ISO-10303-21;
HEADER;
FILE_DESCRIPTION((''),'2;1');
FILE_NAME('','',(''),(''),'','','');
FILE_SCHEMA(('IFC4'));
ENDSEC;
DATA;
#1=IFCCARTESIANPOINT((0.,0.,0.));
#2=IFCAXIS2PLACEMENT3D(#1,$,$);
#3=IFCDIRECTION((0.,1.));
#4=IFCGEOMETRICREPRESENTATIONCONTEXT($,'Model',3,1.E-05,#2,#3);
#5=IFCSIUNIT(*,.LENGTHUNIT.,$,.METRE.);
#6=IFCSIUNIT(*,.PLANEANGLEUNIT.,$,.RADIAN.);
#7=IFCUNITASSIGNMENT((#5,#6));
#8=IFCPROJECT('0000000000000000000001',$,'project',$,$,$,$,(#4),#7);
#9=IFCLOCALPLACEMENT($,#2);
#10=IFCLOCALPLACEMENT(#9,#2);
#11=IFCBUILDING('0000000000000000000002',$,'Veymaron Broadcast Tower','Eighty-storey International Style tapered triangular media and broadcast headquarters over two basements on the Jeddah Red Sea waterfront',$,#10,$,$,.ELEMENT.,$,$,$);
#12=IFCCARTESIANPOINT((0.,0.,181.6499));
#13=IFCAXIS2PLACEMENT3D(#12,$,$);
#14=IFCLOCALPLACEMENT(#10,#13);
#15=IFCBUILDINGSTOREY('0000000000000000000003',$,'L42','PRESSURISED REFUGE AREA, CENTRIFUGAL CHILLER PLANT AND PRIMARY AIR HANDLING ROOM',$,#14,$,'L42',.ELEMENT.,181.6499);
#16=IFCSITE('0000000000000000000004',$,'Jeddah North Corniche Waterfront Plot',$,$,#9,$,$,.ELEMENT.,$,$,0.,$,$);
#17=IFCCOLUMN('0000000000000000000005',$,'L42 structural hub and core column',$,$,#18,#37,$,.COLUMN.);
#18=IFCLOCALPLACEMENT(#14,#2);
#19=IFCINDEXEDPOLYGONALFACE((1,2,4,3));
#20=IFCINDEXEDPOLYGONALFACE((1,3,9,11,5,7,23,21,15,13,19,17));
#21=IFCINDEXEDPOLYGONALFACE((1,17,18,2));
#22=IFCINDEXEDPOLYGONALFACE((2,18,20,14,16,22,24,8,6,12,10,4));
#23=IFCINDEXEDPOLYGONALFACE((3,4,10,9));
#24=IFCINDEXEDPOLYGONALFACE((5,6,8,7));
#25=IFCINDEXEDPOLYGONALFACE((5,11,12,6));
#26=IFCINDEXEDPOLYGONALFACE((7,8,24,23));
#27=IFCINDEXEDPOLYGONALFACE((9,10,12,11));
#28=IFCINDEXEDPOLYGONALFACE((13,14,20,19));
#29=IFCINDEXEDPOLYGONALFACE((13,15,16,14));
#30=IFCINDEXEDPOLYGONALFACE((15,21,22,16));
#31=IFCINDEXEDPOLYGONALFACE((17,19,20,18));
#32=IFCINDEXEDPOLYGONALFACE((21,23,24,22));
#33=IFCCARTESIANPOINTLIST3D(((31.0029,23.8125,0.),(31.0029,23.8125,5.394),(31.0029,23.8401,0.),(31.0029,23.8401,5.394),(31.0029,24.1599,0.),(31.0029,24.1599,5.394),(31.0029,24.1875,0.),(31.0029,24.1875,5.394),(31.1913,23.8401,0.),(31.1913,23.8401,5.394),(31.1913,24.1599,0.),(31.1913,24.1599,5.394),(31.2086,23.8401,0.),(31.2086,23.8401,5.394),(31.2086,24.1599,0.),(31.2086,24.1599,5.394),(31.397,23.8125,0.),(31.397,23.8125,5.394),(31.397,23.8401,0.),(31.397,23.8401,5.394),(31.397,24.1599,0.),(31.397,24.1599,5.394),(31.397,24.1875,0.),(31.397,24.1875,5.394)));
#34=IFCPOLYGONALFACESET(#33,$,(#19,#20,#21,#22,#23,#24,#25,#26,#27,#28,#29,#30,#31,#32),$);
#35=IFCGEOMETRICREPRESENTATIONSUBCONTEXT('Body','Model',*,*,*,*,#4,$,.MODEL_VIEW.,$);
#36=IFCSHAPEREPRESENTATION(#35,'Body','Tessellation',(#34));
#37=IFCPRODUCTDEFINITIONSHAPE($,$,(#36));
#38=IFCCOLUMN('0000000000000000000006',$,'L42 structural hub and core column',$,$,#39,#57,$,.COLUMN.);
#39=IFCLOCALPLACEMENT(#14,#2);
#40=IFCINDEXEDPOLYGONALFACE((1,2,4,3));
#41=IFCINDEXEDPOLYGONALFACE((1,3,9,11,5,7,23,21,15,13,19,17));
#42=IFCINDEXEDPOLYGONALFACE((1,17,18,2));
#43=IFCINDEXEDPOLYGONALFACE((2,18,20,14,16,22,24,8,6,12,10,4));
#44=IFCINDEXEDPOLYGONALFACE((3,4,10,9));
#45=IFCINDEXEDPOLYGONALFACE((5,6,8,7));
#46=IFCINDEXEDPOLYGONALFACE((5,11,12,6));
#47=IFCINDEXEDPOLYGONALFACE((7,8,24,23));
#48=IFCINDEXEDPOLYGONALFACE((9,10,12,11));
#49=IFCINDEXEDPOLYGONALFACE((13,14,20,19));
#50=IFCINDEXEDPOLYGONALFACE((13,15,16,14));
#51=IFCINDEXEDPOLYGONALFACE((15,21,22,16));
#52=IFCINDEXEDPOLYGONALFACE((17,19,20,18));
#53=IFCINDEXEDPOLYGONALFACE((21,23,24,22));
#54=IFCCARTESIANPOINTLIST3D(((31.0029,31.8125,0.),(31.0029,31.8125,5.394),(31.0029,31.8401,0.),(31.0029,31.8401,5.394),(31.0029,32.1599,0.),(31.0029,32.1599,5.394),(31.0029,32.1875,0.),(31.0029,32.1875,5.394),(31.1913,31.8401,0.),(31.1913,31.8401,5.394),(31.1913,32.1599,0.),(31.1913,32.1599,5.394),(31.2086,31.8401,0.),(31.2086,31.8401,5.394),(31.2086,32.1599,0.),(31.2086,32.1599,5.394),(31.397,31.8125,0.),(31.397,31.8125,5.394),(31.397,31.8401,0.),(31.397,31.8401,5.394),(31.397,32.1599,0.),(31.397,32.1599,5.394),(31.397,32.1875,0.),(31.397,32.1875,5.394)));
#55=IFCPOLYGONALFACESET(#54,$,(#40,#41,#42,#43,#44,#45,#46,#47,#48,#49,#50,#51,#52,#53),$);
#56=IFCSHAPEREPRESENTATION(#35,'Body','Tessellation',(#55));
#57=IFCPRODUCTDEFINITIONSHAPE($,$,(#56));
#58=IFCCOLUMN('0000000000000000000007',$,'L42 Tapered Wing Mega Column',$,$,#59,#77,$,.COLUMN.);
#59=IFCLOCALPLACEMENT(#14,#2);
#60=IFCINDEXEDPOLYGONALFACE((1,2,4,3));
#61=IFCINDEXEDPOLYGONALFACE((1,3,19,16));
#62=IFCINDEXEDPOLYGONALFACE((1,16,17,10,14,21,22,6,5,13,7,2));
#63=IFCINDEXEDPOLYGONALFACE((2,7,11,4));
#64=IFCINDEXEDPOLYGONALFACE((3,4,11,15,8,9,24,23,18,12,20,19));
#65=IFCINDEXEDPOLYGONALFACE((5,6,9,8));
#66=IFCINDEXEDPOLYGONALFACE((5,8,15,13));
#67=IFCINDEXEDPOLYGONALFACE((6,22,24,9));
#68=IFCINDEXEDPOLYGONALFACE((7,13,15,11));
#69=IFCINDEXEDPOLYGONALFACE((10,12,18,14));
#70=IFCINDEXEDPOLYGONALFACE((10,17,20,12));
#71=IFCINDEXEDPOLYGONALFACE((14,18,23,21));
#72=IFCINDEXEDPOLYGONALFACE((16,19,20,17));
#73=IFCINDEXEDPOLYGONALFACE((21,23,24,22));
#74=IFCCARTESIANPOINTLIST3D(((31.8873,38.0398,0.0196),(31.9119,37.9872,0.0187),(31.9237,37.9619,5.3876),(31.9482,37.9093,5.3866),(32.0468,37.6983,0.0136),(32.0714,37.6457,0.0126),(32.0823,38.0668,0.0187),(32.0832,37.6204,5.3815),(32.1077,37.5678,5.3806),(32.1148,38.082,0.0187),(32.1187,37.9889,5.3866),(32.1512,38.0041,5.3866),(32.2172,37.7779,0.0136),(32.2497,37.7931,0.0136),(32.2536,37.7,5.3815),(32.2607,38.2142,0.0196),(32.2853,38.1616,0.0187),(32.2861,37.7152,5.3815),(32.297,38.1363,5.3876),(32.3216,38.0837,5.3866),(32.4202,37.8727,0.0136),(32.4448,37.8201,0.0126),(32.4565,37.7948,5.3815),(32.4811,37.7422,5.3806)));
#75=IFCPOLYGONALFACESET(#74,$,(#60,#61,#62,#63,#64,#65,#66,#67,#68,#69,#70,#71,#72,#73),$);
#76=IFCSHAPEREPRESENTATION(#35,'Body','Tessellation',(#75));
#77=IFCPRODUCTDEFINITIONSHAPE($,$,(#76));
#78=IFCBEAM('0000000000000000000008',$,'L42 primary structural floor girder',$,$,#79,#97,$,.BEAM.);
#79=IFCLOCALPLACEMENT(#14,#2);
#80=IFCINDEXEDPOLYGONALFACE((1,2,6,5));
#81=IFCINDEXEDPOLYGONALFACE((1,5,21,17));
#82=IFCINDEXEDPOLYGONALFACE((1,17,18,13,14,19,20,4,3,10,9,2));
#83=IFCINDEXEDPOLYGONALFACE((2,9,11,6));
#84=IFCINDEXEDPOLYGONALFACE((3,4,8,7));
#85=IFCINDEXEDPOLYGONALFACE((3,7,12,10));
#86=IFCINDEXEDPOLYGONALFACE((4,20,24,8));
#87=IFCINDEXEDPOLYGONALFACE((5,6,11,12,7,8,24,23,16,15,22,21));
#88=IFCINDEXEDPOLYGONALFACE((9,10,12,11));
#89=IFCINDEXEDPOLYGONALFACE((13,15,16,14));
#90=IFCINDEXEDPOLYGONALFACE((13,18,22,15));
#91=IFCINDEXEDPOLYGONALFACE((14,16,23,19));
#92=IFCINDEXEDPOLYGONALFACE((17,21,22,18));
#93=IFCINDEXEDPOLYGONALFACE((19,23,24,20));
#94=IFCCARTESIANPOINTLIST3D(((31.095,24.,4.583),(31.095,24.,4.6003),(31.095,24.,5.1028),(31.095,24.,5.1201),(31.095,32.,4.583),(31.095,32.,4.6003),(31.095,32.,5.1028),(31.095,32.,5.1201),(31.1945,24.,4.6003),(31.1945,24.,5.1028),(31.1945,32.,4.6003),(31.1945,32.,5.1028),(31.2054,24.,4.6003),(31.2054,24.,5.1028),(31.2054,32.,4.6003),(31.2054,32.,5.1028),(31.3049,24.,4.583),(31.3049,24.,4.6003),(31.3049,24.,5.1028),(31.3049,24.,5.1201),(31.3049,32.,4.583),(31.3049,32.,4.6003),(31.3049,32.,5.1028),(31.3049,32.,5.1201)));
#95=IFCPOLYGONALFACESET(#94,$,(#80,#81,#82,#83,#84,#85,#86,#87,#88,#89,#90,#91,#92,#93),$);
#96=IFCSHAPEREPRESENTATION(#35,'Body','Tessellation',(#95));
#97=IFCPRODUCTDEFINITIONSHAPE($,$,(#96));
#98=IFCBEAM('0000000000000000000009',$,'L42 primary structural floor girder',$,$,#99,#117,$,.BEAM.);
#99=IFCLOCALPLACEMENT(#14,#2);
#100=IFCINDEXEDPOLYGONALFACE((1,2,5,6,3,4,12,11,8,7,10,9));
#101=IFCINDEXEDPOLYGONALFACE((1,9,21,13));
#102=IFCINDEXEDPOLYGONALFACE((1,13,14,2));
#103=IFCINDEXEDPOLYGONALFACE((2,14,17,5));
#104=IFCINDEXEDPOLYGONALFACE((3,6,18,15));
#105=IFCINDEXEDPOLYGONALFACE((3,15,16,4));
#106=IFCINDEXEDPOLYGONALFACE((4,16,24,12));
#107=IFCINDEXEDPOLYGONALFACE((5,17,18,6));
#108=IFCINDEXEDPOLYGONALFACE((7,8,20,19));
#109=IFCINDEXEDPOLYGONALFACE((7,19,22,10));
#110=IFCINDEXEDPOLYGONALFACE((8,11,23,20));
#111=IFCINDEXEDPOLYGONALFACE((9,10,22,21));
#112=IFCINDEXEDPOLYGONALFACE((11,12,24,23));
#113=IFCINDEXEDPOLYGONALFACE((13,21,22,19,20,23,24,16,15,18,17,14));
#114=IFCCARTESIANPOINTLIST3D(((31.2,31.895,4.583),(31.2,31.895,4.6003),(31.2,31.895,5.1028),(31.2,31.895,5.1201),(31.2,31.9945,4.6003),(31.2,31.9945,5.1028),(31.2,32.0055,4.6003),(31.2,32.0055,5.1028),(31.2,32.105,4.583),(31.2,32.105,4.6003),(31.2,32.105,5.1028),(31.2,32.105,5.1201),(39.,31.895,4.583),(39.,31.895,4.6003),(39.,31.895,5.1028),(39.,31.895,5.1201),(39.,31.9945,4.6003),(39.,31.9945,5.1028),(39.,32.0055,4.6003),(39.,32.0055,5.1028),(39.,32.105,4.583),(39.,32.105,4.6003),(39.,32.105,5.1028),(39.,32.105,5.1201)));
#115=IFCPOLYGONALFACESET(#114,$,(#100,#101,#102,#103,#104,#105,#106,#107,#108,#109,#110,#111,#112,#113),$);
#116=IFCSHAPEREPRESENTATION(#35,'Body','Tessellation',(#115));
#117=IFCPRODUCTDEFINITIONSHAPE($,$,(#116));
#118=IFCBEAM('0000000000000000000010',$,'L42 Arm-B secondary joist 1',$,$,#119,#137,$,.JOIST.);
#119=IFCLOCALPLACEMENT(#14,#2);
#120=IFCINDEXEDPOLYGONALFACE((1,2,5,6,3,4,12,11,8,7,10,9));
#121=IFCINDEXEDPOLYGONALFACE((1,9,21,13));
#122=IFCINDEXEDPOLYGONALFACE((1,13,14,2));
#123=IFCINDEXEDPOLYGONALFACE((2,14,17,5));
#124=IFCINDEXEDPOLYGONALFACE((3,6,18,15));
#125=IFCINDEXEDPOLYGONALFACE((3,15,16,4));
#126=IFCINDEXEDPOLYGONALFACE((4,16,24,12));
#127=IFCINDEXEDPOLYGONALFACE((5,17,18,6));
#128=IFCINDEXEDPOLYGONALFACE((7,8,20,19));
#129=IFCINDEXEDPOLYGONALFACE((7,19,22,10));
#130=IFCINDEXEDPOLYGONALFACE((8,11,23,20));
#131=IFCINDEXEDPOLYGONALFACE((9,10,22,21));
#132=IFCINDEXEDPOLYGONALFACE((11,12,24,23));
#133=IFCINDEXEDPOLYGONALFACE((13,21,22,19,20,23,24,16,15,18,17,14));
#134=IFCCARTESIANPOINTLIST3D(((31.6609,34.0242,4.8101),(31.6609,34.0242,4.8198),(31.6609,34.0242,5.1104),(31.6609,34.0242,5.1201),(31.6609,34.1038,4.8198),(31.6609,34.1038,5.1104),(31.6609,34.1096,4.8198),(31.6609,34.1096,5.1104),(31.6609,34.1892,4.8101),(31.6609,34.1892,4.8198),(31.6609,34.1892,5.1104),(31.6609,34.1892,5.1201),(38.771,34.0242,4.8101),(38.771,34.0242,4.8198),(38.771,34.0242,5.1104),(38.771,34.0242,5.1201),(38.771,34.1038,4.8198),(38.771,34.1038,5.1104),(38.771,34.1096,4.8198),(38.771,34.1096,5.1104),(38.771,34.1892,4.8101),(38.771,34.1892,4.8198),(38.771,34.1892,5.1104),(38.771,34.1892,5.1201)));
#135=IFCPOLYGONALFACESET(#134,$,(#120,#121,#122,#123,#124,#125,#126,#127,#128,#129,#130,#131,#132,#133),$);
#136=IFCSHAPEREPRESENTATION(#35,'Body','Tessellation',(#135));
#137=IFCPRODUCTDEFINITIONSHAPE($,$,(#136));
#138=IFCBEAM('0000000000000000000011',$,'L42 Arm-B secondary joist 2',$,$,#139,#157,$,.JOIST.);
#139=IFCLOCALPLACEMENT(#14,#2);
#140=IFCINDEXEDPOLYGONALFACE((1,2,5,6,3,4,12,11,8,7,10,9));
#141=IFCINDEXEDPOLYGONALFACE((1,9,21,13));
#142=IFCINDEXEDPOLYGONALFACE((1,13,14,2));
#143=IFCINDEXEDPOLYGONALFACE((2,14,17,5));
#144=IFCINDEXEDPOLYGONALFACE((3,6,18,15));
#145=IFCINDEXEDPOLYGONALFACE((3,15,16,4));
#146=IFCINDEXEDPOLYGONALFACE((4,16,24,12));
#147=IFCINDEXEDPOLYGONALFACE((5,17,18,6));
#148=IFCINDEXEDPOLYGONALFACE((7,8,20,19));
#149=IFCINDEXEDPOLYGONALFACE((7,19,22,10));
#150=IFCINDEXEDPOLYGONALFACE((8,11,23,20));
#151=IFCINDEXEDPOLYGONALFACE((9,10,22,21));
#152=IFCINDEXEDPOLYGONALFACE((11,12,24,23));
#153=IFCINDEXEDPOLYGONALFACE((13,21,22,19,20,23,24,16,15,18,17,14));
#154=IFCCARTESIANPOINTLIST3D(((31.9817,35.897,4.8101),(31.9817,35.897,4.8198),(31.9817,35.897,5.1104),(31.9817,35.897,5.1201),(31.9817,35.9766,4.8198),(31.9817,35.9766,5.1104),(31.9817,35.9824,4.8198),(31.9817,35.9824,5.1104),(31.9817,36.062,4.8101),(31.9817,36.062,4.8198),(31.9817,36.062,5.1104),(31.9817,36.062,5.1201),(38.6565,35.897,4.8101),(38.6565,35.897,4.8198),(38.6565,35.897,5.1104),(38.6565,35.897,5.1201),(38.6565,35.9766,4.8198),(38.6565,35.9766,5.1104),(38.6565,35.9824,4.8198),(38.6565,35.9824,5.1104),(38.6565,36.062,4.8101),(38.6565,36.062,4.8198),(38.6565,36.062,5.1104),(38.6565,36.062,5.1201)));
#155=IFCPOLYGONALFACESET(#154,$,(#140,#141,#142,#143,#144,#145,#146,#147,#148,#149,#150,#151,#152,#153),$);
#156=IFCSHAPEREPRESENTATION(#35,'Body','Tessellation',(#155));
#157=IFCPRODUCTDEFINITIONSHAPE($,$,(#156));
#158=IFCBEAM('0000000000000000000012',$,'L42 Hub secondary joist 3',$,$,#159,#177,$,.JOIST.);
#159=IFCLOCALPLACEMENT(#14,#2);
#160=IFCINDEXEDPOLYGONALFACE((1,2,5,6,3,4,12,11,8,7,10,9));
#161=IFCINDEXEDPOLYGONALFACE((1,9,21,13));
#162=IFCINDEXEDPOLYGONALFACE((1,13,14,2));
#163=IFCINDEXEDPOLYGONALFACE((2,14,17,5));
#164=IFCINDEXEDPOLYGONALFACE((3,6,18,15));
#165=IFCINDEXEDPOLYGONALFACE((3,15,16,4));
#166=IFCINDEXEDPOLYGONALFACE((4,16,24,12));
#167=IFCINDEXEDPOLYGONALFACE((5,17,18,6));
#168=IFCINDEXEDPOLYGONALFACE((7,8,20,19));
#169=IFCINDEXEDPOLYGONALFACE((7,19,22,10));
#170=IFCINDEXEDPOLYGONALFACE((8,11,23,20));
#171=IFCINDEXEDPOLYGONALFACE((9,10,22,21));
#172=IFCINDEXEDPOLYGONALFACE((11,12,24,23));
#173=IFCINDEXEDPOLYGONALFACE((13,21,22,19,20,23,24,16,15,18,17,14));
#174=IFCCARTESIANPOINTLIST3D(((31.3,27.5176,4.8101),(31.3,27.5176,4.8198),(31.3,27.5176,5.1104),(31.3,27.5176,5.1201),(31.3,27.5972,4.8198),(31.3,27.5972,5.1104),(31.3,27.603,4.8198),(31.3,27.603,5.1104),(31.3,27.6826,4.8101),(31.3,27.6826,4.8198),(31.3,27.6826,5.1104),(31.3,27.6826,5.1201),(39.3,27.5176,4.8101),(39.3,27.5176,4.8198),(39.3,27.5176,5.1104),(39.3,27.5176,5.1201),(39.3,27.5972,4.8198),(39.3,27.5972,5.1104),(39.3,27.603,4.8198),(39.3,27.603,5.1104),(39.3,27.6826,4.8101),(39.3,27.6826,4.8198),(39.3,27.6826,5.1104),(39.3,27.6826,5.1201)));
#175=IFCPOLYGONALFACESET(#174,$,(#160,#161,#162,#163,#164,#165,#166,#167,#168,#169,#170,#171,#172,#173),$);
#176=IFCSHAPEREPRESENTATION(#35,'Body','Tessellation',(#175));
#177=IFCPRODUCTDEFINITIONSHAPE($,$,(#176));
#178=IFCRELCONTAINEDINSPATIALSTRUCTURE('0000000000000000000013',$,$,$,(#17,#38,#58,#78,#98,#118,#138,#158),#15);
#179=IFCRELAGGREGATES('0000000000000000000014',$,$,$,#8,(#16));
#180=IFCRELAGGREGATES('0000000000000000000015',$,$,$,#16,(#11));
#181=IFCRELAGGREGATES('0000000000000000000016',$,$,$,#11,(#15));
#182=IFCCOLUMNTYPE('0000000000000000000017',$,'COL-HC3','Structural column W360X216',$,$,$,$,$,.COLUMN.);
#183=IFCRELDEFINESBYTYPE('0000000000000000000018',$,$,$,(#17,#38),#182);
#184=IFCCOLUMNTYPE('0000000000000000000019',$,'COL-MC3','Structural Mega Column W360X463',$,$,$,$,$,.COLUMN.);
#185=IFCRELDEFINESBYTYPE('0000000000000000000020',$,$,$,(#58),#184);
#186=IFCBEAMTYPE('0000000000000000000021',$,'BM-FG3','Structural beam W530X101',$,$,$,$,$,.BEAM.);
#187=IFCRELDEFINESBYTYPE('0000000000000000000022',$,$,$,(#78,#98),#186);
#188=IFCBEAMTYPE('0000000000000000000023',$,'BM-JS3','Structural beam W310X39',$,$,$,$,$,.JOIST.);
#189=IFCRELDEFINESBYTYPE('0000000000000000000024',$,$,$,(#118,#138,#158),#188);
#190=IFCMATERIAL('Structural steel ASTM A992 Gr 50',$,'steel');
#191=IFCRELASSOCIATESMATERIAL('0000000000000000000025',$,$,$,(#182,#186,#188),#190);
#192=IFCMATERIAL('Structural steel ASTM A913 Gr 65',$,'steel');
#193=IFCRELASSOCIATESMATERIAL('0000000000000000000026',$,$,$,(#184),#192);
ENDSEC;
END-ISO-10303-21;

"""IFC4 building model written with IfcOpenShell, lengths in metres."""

from ifc_helpers import new_model, si_unit, direction, frame, origin, origin_2d, place, context, subcontext, project, spatial, i_section, extrude, material, material_profile, profile_set, type_object, element, save


model = new_model("IFC4")

# Units and contexts
model_context = context("Model", 3, precision=1e-05, world=origin(), true_north=direction((0.0, 1.0)))
body_context = subcontext(model_context, "Body", "Model", "MODEL_VIEW")
ifc_project = project(units=[si_unit("LENGTHUNIT", "METRE"), si_unit("PLANEANGLEUNIT", "RADIAN")], contexts=[model_context])

# Site, building, storey
site_placement = place(None, origin())
site = spatial("IfcSite", under=ifc_project, at=site_placement, Name="Jeddah North Corniche Waterfront Plot", CompositionType="ELEMENT", RefElevation=0.0)
building_placement = place(site_placement, origin())
building = spatial("IfcBuilding", under=site, at=building_placement, Name="Veymaron Broadcast Tower", Description="Eighty-storey International Style tapered triangular media and broadcast headquarters over two basements on the Jeddah Red Sea waterfront", CompositionType="ELEMENT")
storey_placement = place(building_placement, frame((0.0, 0.0, 181.6499)))
storey = spatial("IfcBuildingStorey", under=building, at=storey_placement, Name="L42", Description="PRESSURISED REFUGE AREA, CENTRIFUGAL CHILLER PLANT AND PRIMARY AIR HANDLING ROOM", LongName="L42", CompositionType="ELEMENT", Elevation=181.6499)

# Columns
ifc_material_1 = material(Name="Structural steel ASTM A992 Gr 50", Category="steel")
ifc_material_profile_1 = material_profile(ifc_material_1, i_section(OverallWidth=0.394, OverallDepth=0.375, WebThickness=0.0173, FlangeThickness=0.0276, at=origin_2d()), Name="W360X216")
ifc_profile_set_1 = profile_set([ifc_material_profile_1], Name="Structural steel ASTM A992 Gr 50")
column_type_1 = type_object("IfcColumnType", Name="COL-HC3", Description="Structural column W360X216", PredefinedType="COLUMN", material=ifc_profile_set_1)
for number, where, z_axis, x_axis, name in (
    (1, (31.2, 24.0, 0.0), (0.0, 0.0, 1.0), (1.0, 0.0, 0.0), "L42 structural hub and core column"),
    (2, (31.2, 32.0, 0.0), (0.0, 0.0, 1.0), (1.0, 0.0, 0.0), "L42 structural hub and core column"),
):
    element("IfcColumn", number, at=place(storey_placement, frame(where, z_axis=z_axis, x_axis=x_axis)), inside=storey, type_object=column_type_1, Name=name, PredefinedType="COLUMN", context=body_context, shape_type="SweptSolid", body=[
        extrude(i_section(OverallWidth=0.394, OverallDepth=0.375, WebThickness=0.0173, FlangeThickness=0.0276, at=origin_2d()), origin(), (0.0, 0.0, 1.0), 5.394),
    ])
ifc_material_2 = material(Name="Structural steel ASTM A913 Gr 65", Category="steel")
ifc_material_profile_2 = material_profile(ifc_material_2, i_section(OverallWidth=0.4121, OverallDepth=0.4351, WebThickness=0.0359, FlangeThickness=0.0581, at=origin_2d()), Name="W360X463")
ifc_profile_set_2 = profile_set([ifc_material_profile_2], Name="Structural steel ASTM A913 Gr 65")
column_type_2 = type_object("IfcColumnType", Name="COL-MC3", Description="Structural Mega Column W360X463", PredefinedType="COLUMN", material=ifc_profile_set_2)
column_placement = place(storey_placement, frame((32.166, 37.9299, 0.0161), z_axis=(0.006776, -0.014507, 0.999872), x_axis=(0.906038, 0.423196, 0.0)))
element("IfcColumn", 3, at=column_placement, inside=storey, type_object=column_type_2, Name="L42 Tapered Wing Mega Column", PredefinedType="COLUMN", context=body_context, shape_type="SweptSolid", body=[
    extrude(i_section(OverallWidth=0.4121, OverallDepth=0.4351, WebThickness=0.0359, FlangeThickness=0.0581, at=origin_2d()), origin(), (0.0, 0.0, 1.0), 5.3687),
])

# Beams
ifc_material_profile_3 = material_profile(ifc_material_1, i_section(OverallWidth=0.21, OverallDepth=0.5371, WebThickness=0.011, FlangeThickness=0.0173, at=origin_2d()), Name="W530X101")
ifc_profile_set_3 = profile_set([ifc_material_profile_3], Name="Structural steel ASTM A992 Gr 50")
beam_type_1 = type_object("IfcBeamType", Name="BM-FG3", Description="Structural beam W530X101", PredefinedType="BEAM", material=ifc_profile_set_3)
beam_1_placement = place(storey_placement, frame((31.2, 24.0, 4.8516), z_axis=(0.0, 1.0, 0.0), x_axis=(-1.0, 0.0, 0.0)))
element("IfcBeam", 4, at=beam_1_placement, inside=storey, type_object=beam_type_1, Name="L42 primary structural floor girder", PredefinedType="BEAM", context=body_context, shape_type="SweptSolid", body=[
    extrude(i_section(OverallWidth=0.21, OverallDepth=0.5371, WebThickness=0.011, FlangeThickness=0.0173, at=origin_2d()), origin(), (0.0, 0.0, 1.0), 8.0),
])
beam_2_placement = place(storey_placement, frame((31.2, 32.0, 4.8516), z_axis=(1.0, 0.0, 0.0), x_axis=(0.0, 1.0, 0.0)))
element("IfcBeam", 5, at=beam_2_placement, inside=storey, type_object=beam_type_1, Name="L42 primary structural floor girder", PredefinedType="BEAM", context=body_context, shape_type="SweptSolid", body=[
    extrude(i_section(OverallWidth=0.21, OverallDepth=0.5371, WebThickness=0.011, FlangeThickness=0.0173, at=origin_2d()), origin(), (0.0, 0.0, 1.0), 7.8),
])
ifc_material_profile_4 = material_profile(ifc_material_1, i_section(OverallWidth=0.165, OverallDepth=0.3101, WebThickness=0.0059, FlangeThickness=0.0098, at=origin_2d()), Name="W310X39")
ifc_profile_set_4 = profile_set([ifc_material_profile_4], Name="Structural steel ASTM A992 Gr 50")
beam_type_2 = type_object("IfcBeamType", Name="BM-JS3", Description="Structural beam W310X39", PredefinedType="JOIST", material=ifc_profile_set_4)
beam_3_placement = place(storey_placement, frame((31.6609, 34.1067, 4.9651), z_axis=(1.0, 0.0, 0.0), x_axis=(0.0, 1.0, 0.0)))
element("IfcBeam", 6, at=beam_3_placement, inside=storey, type_object=beam_type_2, Name="L42 Arm-B secondary joist 1", PredefinedType="JOIST", context=body_context, shape_type="SweptSolid", body=[
    extrude(i_section(OverallWidth=0.165, OverallDepth=0.3101, WebThickness=0.0059, FlangeThickness=0.0098, at=origin_2d()), origin(), (0.0, 0.0, 1.0), 7.1101),
])
beam_4_placement = place(storey_placement, frame((31.9817, 35.9795, 4.9651), z_axis=(1.0, 0.0, 0.0), x_axis=(0.0, 1.0, 0.0)))
element("IfcBeam", 7, at=beam_4_placement, inside=storey, type_object=beam_type_2, Name="L42 Arm-B secondary joist 2", PredefinedType="JOIST", context=body_context, shape_type="SweptSolid", body=[
    extrude(i_section(OverallWidth=0.165, OverallDepth=0.3101, WebThickness=0.0059, FlangeThickness=0.0098, at=origin_2d()), origin(), (0.0, 0.0, 1.0), 6.6748),
])
for number, where, z_axis, x_axis, name in (
    (8, (31.3, 27.6001, 4.9651), (1.0, 0.0, 0.0), (0.0, 1.0, 0.0), "L42 Hub secondary joist 3"),
):
    element("IfcBeam", number, at=place(storey_placement, frame(where, z_axis=z_axis, x_axis=x_axis)), inside=storey, type_object=beam_type_2, Name=name, PredefinedType="JOIST", context=body_context, shape_type="SweptSolid", body=[
        extrude(i_section(OverallWidth=0.165, OverallDepth=0.3101, WebThickness=0.0059, FlangeThickness=0.0098, at=origin_2d()), origin(), (0.0, 0.0, 1.0), 8.0),
    ])

save(model, "model.ifc")
